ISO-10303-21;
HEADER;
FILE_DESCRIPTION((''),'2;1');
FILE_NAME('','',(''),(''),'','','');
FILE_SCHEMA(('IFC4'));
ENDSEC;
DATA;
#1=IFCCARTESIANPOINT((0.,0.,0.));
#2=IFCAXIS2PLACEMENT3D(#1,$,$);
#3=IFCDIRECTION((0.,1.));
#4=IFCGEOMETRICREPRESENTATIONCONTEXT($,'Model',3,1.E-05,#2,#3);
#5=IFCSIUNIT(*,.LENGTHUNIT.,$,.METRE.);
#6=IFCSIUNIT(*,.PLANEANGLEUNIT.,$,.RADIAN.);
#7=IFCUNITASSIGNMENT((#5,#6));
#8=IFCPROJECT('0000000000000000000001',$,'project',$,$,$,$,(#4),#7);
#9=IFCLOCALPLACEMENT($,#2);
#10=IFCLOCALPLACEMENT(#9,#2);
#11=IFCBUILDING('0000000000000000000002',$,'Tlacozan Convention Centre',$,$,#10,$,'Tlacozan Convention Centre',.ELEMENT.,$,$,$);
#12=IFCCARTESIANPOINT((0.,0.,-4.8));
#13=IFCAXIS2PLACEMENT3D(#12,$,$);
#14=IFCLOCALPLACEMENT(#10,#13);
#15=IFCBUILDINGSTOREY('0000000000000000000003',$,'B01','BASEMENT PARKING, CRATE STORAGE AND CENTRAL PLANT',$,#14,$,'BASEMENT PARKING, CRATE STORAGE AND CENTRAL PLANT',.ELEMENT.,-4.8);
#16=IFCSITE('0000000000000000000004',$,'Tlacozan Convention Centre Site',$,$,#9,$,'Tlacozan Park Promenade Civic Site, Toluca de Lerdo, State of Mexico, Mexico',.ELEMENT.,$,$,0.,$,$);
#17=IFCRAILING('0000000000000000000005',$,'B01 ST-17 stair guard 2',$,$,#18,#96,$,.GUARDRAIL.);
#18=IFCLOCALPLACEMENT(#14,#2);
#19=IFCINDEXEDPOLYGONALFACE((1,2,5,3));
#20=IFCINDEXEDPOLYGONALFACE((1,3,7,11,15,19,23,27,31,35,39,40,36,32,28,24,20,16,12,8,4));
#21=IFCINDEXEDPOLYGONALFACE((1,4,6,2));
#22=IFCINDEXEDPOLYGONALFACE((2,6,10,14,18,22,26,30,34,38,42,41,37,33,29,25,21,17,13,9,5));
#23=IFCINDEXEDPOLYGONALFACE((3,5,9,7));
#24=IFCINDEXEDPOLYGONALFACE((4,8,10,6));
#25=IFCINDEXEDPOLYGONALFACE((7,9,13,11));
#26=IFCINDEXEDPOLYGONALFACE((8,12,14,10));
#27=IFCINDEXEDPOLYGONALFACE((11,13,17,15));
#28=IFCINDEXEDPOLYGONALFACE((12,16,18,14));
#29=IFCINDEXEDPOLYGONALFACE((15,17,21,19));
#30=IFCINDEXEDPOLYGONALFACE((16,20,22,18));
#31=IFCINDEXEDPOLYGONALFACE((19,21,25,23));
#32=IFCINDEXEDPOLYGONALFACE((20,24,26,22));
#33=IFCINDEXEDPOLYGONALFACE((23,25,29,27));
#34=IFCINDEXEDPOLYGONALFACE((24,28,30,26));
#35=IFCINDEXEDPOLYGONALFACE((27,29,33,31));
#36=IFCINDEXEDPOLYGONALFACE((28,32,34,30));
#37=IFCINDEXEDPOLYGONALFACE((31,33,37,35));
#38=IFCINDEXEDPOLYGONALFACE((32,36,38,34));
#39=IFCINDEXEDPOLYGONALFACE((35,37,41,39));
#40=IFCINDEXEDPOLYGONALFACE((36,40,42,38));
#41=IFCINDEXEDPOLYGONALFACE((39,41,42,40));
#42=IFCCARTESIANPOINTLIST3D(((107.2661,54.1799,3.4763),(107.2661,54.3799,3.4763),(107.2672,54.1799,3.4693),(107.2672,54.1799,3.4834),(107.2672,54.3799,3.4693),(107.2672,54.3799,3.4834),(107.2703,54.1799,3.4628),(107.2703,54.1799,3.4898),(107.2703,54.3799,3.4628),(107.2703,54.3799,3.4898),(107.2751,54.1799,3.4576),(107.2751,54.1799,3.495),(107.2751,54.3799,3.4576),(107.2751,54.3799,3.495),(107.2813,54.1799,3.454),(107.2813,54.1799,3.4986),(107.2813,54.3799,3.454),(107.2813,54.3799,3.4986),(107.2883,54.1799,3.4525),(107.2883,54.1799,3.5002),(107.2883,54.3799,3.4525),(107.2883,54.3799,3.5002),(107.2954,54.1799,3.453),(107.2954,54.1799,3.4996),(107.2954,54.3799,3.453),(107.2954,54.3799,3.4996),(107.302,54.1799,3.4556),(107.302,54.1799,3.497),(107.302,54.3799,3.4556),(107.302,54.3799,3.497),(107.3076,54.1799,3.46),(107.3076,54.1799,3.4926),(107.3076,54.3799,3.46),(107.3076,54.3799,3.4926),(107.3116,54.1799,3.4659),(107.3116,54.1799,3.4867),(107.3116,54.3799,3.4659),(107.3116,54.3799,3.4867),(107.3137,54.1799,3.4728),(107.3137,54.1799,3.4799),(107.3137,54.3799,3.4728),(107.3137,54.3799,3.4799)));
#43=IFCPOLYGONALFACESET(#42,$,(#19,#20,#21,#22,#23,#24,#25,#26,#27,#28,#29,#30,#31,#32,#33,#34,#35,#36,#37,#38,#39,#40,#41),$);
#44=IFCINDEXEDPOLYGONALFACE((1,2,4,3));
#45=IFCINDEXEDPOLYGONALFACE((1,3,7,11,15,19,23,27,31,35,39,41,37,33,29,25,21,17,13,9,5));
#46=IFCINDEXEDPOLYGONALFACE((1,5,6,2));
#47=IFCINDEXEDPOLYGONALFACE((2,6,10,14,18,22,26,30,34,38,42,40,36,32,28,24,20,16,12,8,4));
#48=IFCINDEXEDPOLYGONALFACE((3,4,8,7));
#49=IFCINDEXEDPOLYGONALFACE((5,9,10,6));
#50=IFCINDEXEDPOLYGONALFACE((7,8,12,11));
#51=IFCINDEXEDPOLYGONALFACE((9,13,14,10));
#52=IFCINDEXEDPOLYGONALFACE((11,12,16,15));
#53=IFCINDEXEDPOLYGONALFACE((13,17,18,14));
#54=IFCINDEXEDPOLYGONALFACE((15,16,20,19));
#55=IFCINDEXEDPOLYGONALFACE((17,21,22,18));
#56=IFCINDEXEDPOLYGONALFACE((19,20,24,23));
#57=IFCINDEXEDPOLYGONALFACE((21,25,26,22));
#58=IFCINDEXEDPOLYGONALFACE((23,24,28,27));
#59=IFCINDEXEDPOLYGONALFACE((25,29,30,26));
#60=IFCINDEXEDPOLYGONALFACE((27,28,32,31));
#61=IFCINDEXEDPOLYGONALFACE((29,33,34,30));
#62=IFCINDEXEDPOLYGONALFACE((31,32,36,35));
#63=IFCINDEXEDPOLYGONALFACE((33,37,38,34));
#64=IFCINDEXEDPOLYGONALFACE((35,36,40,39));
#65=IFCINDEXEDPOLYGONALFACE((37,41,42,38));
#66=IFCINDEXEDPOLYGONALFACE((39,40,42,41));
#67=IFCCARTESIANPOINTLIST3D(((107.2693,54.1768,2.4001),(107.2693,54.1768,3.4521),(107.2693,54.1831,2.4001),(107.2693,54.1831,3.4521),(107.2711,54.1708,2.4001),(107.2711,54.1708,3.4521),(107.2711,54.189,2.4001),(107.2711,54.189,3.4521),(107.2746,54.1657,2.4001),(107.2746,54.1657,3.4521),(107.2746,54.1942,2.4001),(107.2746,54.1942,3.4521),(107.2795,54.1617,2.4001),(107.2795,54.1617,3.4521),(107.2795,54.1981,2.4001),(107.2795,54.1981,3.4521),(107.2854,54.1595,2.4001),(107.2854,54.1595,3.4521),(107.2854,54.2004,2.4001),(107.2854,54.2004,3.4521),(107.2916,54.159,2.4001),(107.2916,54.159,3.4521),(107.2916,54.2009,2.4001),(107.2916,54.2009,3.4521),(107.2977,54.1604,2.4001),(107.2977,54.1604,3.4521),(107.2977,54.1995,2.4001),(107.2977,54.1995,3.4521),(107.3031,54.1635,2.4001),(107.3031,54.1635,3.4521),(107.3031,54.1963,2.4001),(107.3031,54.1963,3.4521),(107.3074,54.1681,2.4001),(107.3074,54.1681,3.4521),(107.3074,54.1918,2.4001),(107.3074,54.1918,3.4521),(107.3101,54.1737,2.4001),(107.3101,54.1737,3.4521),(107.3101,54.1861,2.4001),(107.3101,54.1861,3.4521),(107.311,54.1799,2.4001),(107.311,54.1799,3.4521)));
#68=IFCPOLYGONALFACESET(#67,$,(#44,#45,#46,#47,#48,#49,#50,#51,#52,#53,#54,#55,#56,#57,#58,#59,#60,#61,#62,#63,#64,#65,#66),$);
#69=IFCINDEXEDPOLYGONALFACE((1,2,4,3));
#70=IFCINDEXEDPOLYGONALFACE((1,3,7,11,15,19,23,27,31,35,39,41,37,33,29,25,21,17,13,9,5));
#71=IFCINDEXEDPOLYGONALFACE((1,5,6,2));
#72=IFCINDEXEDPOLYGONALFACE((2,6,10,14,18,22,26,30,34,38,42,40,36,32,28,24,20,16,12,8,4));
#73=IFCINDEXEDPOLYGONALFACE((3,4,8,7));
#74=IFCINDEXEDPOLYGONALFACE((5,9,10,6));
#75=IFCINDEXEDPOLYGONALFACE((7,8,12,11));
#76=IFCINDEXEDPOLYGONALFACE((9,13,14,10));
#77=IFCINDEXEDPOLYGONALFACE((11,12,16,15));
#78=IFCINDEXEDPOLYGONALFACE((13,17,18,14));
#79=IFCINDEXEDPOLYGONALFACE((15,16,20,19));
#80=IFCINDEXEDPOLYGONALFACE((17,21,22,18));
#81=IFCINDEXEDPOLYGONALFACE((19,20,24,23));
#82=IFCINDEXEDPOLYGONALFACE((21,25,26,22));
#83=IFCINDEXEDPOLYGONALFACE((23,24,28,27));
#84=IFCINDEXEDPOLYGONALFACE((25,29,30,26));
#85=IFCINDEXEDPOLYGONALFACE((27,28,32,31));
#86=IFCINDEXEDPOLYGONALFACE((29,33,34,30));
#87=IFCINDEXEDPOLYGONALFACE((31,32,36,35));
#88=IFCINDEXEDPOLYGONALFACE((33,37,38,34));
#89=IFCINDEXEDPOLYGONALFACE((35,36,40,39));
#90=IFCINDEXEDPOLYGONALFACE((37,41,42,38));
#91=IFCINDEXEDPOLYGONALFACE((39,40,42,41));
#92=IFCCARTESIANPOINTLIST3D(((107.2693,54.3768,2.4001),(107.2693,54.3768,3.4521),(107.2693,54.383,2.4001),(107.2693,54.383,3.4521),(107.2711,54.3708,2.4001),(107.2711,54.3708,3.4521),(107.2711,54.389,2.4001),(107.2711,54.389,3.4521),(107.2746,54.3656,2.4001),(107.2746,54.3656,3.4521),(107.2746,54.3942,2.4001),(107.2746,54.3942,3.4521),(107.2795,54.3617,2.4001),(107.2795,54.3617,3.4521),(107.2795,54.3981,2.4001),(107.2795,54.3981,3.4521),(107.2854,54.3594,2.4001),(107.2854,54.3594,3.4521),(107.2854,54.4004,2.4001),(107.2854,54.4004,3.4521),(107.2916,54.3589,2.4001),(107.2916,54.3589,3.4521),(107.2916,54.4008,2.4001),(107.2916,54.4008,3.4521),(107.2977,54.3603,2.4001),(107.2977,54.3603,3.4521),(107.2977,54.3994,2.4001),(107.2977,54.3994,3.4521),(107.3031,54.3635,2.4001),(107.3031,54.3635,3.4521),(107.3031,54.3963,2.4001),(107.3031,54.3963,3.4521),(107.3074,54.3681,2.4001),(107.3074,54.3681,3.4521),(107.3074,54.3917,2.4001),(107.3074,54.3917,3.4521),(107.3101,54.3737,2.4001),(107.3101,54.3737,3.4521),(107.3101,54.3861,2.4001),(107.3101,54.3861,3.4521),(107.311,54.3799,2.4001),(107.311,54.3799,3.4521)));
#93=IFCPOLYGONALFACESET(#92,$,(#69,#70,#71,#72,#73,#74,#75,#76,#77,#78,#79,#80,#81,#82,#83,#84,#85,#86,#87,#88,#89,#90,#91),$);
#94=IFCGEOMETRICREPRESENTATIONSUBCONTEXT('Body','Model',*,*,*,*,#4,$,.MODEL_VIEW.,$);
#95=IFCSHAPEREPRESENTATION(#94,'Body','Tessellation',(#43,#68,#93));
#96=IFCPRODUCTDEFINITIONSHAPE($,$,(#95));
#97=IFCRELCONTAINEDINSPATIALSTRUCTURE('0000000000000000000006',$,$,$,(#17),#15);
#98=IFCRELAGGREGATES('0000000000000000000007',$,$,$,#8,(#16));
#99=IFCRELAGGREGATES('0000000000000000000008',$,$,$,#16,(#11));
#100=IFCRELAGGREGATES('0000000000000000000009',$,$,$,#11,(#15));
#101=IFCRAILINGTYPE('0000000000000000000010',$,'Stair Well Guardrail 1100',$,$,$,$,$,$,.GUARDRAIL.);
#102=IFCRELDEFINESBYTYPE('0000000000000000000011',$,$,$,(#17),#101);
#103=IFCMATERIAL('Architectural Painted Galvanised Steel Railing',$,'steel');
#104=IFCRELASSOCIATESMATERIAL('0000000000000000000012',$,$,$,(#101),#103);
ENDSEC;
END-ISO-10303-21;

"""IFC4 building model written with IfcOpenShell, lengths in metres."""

from ifc_helpers import new_model, si_unit, direction, frame, origin, origin_2d, place, context, subcontext, project, spatial, circle, extrude, material, type_object, element, save


model = new_model("IFC4")

# Units and contexts
model_context = context("Model", 3, precision=1e-05, world=origin(), true_north=direction((0.0, 1.0)))
body_context = subcontext(model_context, "Body", "Model", "MODEL_VIEW")
ifc_project = project(units=[si_unit("LENGTHUNIT", "METRE"), si_unit("PLANEANGLEUNIT", "RADIAN")], contexts=[model_context])

# Site, building, storey
site_placement = place(None, origin())
site = spatial("IfcSite", under=ifc_project, at=site_placement, Name="Tlacozan Convention Centre Site", LongName="Tlacozan Park Promenade Civic Site, Toluca de Lerdo, State of Mexico, Mexico", CompositionType="ELEMENT", RefElevation=0.0)
building_placement = place(site_placement, origin())
building = spatial("IfcBuilding", under=site, at=building_placement, Name="Tlacozan Convention Centre", LongName="Tlacozan Convention Centre", CompositionType="ELEMENT")
storey_placement = place(building_placement, frame((0.0, 0.0, -4.8)))
storey = spatial("IfcBuildingStorey", under=building, at=storey_placement, Name="B01", Description="BASEMENT PARKING, CRATE STORAGE AND CENTRAL PLANT", LongName="BASEMENT PARKING, CRATE STORAGE AND CENTRAL PLANT", CompositionType="ELEMENT", Elevation=-4.8)

# Railing
ifc_material_1 = material(Name="Architectural Painted Galvanised Steel Railing", Category="steel")
railing_type_1 = type_object("IfcRailingType", Name="Stair Well Guardrail 1100", PredefinedType="GUARDRAIL", material=ifc_material_1)
railing_1_placement = place(storey_placement, frame((107.29, 54.1799, 2.4001)))
element("IfcRailing", 1, at=railing_1_placement, inside=storey, type_object=railing_type_1, Name="B01 ST-17 stair guard 2", PredefinedType="GUARDRAIL", context=body_context, shape_type="SweptSolid", body=[
    extrude(circle(Radius=0.0239, at=origin_2d()), frame((0.0, 0.0, 1.0762), z_axis=(0.0, 1.0, 0.0), x_axis=(-1.0, 0.0, 0.0)), (0.0, 0.0, 1.0), 0.2),
    extrude(circle(Radius=0.021, at=origin_2d()), origin(), (0.0, 0.0, 1.0), 1.052),
    extrude(circle(Radius=0.021, at=origin_2d()), frame((0.0, 0.2, 0.0)), (0.0, 0.0, 1.0), 1.052),
])

save(model, "model.ifc")
